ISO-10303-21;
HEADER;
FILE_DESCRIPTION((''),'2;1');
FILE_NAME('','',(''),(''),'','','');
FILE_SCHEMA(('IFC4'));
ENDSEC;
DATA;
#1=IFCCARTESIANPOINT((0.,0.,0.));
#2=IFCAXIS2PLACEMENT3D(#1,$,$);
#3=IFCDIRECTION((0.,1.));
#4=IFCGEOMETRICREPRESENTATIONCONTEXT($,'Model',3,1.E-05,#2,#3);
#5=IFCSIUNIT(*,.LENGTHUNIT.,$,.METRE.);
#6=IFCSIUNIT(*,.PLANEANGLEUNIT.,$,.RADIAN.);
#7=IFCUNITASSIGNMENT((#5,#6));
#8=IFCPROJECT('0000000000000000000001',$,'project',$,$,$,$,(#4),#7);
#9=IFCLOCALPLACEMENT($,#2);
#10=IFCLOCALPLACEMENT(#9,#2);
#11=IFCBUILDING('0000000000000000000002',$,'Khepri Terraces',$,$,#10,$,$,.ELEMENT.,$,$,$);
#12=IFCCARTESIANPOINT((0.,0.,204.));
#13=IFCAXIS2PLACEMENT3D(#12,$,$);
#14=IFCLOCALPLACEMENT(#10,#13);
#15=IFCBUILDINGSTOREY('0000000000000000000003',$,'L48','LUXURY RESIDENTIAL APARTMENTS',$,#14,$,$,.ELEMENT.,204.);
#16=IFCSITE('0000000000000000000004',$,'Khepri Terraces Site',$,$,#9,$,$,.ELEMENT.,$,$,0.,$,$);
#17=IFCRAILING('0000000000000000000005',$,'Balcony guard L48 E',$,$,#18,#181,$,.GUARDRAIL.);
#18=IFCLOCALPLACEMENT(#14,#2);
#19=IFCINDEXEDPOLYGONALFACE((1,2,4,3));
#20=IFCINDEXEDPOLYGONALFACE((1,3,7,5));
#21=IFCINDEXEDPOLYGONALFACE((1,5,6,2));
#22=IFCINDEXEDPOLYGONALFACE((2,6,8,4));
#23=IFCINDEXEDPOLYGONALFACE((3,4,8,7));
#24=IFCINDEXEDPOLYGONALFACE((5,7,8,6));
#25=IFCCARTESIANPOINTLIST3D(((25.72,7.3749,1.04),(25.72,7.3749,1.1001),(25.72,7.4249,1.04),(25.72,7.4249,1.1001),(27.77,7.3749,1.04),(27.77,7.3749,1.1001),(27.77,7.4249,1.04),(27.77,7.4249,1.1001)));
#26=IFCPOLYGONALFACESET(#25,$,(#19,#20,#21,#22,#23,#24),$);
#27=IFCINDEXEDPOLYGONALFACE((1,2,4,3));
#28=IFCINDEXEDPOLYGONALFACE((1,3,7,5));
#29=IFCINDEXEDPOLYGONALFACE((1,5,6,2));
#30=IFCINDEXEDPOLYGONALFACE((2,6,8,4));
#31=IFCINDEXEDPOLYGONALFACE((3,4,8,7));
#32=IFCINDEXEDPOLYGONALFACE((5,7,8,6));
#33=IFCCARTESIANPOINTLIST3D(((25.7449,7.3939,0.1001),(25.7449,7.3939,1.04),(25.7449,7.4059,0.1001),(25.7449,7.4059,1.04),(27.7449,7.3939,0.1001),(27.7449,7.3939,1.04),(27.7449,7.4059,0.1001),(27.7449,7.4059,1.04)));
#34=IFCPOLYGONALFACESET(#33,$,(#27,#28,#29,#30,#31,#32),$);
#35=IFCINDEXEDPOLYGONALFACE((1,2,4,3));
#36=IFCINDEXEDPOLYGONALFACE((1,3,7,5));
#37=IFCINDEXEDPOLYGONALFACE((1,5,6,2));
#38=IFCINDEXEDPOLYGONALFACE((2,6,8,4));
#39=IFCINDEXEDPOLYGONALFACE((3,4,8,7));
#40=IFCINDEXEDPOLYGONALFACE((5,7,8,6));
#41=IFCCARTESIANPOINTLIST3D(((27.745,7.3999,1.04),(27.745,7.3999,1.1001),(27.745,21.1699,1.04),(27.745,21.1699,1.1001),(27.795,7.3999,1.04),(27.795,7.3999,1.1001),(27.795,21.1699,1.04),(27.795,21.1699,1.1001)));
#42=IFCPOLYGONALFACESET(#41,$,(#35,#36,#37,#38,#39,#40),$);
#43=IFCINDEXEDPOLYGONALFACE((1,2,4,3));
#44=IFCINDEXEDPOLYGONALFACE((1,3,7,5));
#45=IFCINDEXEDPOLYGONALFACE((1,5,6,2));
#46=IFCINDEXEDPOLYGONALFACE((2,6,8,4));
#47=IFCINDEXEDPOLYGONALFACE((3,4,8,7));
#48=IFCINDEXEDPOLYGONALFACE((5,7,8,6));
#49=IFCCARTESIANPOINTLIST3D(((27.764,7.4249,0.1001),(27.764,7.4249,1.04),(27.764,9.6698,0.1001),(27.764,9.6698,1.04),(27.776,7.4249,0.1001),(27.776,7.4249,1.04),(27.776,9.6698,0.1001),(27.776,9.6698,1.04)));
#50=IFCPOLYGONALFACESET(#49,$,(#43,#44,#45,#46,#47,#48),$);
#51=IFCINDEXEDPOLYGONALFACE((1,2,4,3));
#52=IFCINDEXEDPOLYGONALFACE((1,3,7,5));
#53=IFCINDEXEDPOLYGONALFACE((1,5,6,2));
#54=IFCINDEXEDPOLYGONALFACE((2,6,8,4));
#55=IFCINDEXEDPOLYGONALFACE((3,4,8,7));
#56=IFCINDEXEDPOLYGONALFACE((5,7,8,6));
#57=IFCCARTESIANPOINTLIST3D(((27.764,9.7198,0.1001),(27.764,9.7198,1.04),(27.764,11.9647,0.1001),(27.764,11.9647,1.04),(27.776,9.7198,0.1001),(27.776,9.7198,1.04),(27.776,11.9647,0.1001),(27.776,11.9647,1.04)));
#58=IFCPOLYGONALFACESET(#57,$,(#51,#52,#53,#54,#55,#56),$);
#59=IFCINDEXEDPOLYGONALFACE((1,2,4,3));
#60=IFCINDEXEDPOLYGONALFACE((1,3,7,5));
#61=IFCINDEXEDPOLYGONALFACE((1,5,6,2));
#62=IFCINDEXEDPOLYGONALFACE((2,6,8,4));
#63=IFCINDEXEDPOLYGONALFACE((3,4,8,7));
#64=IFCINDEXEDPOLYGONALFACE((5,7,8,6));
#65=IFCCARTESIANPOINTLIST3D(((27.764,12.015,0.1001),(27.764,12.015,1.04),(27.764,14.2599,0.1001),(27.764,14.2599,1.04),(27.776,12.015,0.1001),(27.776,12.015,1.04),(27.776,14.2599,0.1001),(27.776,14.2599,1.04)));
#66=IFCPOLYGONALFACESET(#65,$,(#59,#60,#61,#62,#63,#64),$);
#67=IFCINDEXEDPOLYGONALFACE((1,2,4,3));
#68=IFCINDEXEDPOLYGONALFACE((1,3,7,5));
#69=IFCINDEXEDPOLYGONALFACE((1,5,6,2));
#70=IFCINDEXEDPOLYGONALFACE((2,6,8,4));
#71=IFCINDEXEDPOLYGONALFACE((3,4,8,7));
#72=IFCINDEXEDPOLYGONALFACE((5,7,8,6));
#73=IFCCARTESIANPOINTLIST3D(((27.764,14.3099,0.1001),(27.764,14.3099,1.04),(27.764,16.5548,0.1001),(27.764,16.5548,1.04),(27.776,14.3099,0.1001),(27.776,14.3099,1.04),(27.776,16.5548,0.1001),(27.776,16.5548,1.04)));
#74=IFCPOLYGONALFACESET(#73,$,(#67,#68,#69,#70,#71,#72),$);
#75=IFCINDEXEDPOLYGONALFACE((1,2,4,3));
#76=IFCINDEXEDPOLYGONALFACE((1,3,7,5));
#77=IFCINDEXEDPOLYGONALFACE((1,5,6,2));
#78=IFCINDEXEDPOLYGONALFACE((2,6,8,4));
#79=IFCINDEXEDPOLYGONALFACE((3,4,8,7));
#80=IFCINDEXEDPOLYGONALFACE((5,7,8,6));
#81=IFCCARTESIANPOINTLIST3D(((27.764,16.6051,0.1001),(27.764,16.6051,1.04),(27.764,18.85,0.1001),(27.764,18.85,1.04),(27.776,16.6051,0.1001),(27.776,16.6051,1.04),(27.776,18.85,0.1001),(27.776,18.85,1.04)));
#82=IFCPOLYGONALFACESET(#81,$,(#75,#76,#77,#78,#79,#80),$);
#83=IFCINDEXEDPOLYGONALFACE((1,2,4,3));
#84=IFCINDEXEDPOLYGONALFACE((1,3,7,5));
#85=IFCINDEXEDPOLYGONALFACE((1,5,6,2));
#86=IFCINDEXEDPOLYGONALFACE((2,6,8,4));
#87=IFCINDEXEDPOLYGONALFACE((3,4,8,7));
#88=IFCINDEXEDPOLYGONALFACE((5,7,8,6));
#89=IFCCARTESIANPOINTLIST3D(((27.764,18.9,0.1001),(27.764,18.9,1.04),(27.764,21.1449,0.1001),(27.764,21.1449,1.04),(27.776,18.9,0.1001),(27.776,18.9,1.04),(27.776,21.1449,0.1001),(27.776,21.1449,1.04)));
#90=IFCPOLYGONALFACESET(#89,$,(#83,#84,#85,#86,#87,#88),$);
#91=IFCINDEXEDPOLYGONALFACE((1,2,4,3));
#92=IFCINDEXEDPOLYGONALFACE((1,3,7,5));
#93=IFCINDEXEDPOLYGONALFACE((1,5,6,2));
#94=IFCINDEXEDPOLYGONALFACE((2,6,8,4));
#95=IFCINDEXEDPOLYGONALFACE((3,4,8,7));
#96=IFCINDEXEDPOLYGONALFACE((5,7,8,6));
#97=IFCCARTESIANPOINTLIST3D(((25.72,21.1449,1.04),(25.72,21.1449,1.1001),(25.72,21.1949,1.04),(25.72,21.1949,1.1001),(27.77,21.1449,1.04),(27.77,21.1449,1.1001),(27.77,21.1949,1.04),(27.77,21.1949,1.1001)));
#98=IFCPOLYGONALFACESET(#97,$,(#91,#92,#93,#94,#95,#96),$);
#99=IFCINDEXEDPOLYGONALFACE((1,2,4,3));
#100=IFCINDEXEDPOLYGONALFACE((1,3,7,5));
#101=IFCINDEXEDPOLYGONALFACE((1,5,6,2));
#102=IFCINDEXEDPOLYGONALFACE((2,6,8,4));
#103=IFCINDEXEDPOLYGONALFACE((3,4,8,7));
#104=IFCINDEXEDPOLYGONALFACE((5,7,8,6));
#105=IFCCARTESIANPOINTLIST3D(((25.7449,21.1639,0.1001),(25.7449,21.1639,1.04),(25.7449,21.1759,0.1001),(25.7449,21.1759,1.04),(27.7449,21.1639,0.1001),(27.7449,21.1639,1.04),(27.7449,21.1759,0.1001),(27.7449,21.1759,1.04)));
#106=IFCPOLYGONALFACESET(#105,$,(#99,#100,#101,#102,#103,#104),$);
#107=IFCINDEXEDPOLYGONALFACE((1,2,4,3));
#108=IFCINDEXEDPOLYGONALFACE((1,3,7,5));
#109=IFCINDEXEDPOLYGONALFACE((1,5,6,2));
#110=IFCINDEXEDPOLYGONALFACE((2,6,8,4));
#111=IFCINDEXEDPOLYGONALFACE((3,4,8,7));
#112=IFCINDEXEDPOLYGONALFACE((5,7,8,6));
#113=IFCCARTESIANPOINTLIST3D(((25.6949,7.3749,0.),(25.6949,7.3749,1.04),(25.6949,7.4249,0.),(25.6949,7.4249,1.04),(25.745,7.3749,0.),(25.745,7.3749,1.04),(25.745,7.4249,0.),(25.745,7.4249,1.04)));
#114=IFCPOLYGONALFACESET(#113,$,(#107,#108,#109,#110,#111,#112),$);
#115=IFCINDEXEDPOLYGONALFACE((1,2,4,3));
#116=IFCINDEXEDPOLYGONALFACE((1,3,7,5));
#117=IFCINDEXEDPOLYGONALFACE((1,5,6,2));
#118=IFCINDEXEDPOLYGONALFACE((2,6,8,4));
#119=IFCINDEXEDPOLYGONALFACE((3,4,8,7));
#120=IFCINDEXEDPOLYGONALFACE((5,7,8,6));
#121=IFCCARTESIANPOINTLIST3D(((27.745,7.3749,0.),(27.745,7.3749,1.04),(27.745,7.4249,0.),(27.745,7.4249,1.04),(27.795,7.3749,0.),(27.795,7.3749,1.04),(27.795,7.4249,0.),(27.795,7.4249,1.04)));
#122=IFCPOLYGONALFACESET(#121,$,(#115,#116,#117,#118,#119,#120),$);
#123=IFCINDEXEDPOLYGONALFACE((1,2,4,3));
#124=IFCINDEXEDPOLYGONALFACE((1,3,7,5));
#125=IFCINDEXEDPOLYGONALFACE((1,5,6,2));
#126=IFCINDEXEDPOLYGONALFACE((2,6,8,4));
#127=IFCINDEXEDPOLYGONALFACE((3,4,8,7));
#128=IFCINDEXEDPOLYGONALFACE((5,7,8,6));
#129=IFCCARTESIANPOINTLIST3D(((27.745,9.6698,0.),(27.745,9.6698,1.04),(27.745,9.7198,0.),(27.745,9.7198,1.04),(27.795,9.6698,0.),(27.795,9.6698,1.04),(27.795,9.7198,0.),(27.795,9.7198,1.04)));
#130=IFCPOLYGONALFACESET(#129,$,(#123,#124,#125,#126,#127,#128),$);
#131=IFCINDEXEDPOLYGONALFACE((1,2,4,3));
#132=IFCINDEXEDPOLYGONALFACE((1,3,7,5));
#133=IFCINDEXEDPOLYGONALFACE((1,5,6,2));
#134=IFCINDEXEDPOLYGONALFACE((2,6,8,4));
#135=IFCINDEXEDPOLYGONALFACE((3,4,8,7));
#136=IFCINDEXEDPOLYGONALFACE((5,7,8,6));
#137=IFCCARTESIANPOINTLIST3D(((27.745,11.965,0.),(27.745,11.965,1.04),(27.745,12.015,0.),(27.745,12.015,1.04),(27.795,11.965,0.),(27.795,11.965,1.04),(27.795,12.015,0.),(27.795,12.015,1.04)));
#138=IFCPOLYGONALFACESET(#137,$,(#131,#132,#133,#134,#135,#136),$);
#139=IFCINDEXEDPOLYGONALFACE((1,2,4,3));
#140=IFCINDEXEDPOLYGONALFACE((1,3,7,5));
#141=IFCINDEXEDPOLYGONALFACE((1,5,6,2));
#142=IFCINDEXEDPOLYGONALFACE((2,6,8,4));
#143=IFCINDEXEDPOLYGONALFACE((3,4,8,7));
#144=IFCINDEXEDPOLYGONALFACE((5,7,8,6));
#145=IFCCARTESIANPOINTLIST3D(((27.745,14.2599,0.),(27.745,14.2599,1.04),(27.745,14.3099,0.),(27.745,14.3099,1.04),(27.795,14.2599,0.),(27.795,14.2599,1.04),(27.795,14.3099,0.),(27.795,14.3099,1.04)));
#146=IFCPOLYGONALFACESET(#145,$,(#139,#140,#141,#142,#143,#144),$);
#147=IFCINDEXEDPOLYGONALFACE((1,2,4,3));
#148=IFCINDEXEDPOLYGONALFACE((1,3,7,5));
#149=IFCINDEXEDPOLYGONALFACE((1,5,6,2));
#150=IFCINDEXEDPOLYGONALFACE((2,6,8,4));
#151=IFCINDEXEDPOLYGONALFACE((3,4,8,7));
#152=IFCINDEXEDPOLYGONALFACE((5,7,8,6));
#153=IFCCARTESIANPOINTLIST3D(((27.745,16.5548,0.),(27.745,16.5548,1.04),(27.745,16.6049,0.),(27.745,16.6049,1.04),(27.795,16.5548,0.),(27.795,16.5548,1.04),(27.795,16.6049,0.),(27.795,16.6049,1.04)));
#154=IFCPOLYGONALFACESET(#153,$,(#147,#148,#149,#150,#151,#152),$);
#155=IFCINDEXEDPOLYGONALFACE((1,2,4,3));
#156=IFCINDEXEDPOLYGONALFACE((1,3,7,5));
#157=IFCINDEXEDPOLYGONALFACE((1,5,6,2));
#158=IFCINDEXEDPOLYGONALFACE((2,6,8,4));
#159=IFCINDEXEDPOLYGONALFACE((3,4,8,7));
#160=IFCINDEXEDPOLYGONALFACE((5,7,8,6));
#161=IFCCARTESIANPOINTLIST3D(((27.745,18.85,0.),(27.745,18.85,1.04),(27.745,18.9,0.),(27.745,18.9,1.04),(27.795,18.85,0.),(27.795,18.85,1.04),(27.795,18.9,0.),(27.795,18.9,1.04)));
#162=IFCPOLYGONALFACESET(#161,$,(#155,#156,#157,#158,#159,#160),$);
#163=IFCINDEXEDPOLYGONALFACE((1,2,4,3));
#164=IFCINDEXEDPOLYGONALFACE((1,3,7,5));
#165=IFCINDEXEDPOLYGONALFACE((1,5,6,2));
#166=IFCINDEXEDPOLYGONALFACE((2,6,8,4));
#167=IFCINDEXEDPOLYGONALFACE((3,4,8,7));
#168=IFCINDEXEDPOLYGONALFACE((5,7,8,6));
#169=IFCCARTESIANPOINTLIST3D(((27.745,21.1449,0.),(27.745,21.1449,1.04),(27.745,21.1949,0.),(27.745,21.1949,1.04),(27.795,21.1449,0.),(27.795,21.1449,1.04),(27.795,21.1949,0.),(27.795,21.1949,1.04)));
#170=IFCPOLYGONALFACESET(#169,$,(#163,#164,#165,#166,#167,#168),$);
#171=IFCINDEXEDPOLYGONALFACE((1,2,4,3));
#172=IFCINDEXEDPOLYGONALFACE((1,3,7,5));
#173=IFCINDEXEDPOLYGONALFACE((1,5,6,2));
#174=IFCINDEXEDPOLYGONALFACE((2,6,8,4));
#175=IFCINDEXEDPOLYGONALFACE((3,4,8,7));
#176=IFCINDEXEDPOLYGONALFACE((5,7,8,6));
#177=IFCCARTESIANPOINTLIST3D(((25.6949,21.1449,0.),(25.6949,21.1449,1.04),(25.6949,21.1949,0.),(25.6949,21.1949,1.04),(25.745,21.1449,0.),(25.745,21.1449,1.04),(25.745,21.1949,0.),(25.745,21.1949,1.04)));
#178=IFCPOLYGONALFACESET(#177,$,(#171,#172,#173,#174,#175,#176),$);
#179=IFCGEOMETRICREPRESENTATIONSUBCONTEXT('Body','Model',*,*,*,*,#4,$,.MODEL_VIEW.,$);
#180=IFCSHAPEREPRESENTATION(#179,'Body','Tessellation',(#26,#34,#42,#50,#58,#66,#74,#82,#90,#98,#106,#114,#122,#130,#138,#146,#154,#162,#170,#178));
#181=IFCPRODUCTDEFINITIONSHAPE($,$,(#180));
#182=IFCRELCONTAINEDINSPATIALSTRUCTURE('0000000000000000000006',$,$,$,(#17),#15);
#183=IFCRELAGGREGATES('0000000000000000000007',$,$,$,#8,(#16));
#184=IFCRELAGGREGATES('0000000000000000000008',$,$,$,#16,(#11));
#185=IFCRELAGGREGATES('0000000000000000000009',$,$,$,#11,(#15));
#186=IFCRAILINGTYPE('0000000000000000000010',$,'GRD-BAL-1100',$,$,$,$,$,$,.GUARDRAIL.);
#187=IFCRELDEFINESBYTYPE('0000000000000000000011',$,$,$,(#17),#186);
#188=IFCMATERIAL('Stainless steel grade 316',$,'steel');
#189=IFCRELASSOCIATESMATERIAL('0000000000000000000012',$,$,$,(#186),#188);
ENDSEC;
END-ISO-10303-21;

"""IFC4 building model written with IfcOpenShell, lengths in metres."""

from ifc_helpers import new_model, si_unit, direction, frame, origin, origin_2d, place, context, subcontext, project, spatial, rectangle, extrude, material, type_object, element, save


model = new_model("IFC4")

# Units and contexts
model_context = context("Model", 3, precision=1e-05, world=origin(), true_north=direction((0.0, 1.0)))
body_context = subcontext(model_context, "Body", "Model", "MODEL_VIEW")
ifc_project = project(units=[si_unit("LENGTHUNIT", "METRE"), si_unit("PLANEANGLEUNIT", "RADIAN")], contexts=[model_context])

# Site, building, storey
site_placement = place(None, origin())
site = spatial("IfcSite", under=ifc_project, at=site_placement, Name="Khepri Terraces Site", CompositionType="ELEMENT", RefElevation=0.0)
building_placement = place(site_placement, origin())
building = spatial("IfcBuilding", under=site, at=building_placement, Name="Khepri Terraces", CompositionType="ELEMENT")
storey_placement = place(building_placement, frame((0.0, 0.0, 204.0)))
storey = spatial("IfcBuildingStorey", under=building, at=storey_placement, Name="L48", Description="LUXURY RESIDENTIAL APARTMENTS", CompositionType="ELEMENT", Elevation=204.0)

# Railing
ifc_material_1 = material(Name="Stainless steel grade 316", Category="steel")
railing_type_1 = type_object("IfcRailingType", Name="GRD-BAL-1100", PredefinedType="GUARDRAIL", material=ifc_material_1)
railing_1_placement = place(storey_placement, frame((25.72, 7.3999, 0.0)))
element("IfcRailing", 1, at=railing_1_placement, inside=storey, type_object=railing_type_1, Name="Balcony guard L48 E", PredefinedType="GUARDRAIL", context=body_context, shape_type="SweptSolid", body=[
    extrude(rectangle(XDim=0.05, YDim=0.0601, at=origin_2d()), frame((0.0, 0.0, 1.0701), z_axis=(1.0, 0.0, 0.0), x_axis=(0.0, 1.0, 0.0)), (0.0, 0.0, 1.0), 2.05),
    extrude(rectangle(XDim=2.0, YDim=0.012, at=origin_2d()), frame((1.0249, 0.0, 0.1001), z_axis=(0.0, 0.0, 1.0), x_axis=(1.0, 0.0, 0.0)), (0.0, 0.0, 1.0), 0.9399),
    extrude(rectangle(XDim=0.05, YDim=0.0601, at=origin_2d()), frame((2.05, 0.0, 1.0701), z_axis=(0.0, 1.0, 0.0), x_axis=(-1.0, 0.0, 0.0)), (0.0, 0.0, 1.0), 13.77),
    extrude(rectangle(XDim=2.2449, YDim=0.012, at=origin_2d()), frame((2.05, 1.1475, 0.1001), z_axis=(0.0, 0.0, 1.0), x_axis=(0.0, 1.0, 0.0)), (0.0, 0.0, 1.0), 0.9399),
    extrude(rectangle(XDim=2.2449, YDim=0.012, at=origin_2d()), frame((2.05, 3.4424, 0.1001), z_axis=(0.0, 0.0, 1.0), x_axis=(0.0, 1.0, 0.0)), (0.0, 0.0, 1.0), 0.9399),
    extrude(rectangle(XDim=2.2449, YDim=0.012, at=origin_2d()), frame((2.05, 5.7375, 0.1001), z_axis=(0.0, 0.0, 1.0), x_axis=(0.0, 1.0, 0.0)), (0.0, 0.0, 1.0), 0.9399),
    extrude(rectangle(XDim=2.2449, YDim=0.012, at=origin_2d()), frame((2.05, 8.0325, 0.1001), z_axis=(0.0, 0.0, 1.0), x_axis=(0.0, 1.0, 0.0)), (0.0, 0.0, 1.0), 0.9399),
    extrude(rectangle(XDim=2.2449, YDim=0.012, at=origin_2d()), frame((2.05, 10.3276, 0.1001), z_axis=(0.0, 0.0, 1.0), x_axis=(0.0, 1.0, 0.0)), (0.0, 0.0, 1.0), 0.9399),
    extrude(rectangle(XDim=2.2449, YDim=0.012, at=origin_2d()), frame((2.05, 12.6226, 0.1001), z_axis=(0.0, 0.0, 1.0), x_axis=(0.0, 1.0, 0.0)), (0.0, 0.0, 1.0), 0.9399),
    extrude(rectangle(XDim=0.05, YDim=0.0601, at=origin_2d()), frame((2.05, 13.77, 1.0701), z_axis=(-1.0, 0.0, 0.0), x_axis=(0.0, -1.0, 0.0)), (0.0, 0.0, 1.0), 2.05),
    extrude(rectangle(XDim=2.0, YDim=0.012, at=origin_2d()), frame((1.0249, 13.77, 0.1001), z_axis=(0.0, 0.0, 1.0), x_axis=(-1.0, 0.0, 0.0)), (0.0, 0.0, 1.0), 0.9399),
    extrude(rectangle(XDim=0.05, YDim=0.05, at=origin_2d()), origin(), (0.0, 0.0, 1.0), 1.04),
    extrude(rectangle(XDim=0.05, YDim=0.05, at=origin_2d()), frame((2.05, 0.0, 0.0)), (0.0, 0.0, 1.0), 1.04),
    extrude(rectangle(XDim=0.05, YDim=0.05, at=origin_2d()), frame((2.05, 2.2949, 0.0)), (0.0, 0.0, 1.0), 1.04),
    extrude(rectangle(XDim=0.05, YDim=0.05, at=origin_2d()), frame((2.05, 4.5901, 0.0)), (0.0, 0.0, 1.0), 1.04),
    extrude(rectangle(XDim=0.05, YDim=0.05, at=origin_2d()), frame((2.05, 6.885, 0.0)), (0.0, 0.0, 1.0), 1.04),
    extrude(rectangle(XDim=0.05, YDim=0.05, at=origin_2d()), frame((2.05, 9.1799, 0.0)), (0.0, 0.0, 1.0), 1.04),
    extrude(rectangle(XDim=0.05, YDim=0.05, at=origin_2d()), frame((2.05, 11.4751, 0.0)), (0.0, 0.0, 1.0), 1.04),
    extrude(rectangle(XDim=0.05, YDim=0.05, at=origin_2d()), frame((2.05, 13.77, 0.0)), (0.0, 0.0, 1.0), 1.04),
    extrude(rectangle(XDim=0.05, YDim=0.05, at=origin_2d()), frame((0.0, 13.77, 0.0)), (0.0, 0.0, 1.0), 1.04),
])

save(model, "model.ifc")
